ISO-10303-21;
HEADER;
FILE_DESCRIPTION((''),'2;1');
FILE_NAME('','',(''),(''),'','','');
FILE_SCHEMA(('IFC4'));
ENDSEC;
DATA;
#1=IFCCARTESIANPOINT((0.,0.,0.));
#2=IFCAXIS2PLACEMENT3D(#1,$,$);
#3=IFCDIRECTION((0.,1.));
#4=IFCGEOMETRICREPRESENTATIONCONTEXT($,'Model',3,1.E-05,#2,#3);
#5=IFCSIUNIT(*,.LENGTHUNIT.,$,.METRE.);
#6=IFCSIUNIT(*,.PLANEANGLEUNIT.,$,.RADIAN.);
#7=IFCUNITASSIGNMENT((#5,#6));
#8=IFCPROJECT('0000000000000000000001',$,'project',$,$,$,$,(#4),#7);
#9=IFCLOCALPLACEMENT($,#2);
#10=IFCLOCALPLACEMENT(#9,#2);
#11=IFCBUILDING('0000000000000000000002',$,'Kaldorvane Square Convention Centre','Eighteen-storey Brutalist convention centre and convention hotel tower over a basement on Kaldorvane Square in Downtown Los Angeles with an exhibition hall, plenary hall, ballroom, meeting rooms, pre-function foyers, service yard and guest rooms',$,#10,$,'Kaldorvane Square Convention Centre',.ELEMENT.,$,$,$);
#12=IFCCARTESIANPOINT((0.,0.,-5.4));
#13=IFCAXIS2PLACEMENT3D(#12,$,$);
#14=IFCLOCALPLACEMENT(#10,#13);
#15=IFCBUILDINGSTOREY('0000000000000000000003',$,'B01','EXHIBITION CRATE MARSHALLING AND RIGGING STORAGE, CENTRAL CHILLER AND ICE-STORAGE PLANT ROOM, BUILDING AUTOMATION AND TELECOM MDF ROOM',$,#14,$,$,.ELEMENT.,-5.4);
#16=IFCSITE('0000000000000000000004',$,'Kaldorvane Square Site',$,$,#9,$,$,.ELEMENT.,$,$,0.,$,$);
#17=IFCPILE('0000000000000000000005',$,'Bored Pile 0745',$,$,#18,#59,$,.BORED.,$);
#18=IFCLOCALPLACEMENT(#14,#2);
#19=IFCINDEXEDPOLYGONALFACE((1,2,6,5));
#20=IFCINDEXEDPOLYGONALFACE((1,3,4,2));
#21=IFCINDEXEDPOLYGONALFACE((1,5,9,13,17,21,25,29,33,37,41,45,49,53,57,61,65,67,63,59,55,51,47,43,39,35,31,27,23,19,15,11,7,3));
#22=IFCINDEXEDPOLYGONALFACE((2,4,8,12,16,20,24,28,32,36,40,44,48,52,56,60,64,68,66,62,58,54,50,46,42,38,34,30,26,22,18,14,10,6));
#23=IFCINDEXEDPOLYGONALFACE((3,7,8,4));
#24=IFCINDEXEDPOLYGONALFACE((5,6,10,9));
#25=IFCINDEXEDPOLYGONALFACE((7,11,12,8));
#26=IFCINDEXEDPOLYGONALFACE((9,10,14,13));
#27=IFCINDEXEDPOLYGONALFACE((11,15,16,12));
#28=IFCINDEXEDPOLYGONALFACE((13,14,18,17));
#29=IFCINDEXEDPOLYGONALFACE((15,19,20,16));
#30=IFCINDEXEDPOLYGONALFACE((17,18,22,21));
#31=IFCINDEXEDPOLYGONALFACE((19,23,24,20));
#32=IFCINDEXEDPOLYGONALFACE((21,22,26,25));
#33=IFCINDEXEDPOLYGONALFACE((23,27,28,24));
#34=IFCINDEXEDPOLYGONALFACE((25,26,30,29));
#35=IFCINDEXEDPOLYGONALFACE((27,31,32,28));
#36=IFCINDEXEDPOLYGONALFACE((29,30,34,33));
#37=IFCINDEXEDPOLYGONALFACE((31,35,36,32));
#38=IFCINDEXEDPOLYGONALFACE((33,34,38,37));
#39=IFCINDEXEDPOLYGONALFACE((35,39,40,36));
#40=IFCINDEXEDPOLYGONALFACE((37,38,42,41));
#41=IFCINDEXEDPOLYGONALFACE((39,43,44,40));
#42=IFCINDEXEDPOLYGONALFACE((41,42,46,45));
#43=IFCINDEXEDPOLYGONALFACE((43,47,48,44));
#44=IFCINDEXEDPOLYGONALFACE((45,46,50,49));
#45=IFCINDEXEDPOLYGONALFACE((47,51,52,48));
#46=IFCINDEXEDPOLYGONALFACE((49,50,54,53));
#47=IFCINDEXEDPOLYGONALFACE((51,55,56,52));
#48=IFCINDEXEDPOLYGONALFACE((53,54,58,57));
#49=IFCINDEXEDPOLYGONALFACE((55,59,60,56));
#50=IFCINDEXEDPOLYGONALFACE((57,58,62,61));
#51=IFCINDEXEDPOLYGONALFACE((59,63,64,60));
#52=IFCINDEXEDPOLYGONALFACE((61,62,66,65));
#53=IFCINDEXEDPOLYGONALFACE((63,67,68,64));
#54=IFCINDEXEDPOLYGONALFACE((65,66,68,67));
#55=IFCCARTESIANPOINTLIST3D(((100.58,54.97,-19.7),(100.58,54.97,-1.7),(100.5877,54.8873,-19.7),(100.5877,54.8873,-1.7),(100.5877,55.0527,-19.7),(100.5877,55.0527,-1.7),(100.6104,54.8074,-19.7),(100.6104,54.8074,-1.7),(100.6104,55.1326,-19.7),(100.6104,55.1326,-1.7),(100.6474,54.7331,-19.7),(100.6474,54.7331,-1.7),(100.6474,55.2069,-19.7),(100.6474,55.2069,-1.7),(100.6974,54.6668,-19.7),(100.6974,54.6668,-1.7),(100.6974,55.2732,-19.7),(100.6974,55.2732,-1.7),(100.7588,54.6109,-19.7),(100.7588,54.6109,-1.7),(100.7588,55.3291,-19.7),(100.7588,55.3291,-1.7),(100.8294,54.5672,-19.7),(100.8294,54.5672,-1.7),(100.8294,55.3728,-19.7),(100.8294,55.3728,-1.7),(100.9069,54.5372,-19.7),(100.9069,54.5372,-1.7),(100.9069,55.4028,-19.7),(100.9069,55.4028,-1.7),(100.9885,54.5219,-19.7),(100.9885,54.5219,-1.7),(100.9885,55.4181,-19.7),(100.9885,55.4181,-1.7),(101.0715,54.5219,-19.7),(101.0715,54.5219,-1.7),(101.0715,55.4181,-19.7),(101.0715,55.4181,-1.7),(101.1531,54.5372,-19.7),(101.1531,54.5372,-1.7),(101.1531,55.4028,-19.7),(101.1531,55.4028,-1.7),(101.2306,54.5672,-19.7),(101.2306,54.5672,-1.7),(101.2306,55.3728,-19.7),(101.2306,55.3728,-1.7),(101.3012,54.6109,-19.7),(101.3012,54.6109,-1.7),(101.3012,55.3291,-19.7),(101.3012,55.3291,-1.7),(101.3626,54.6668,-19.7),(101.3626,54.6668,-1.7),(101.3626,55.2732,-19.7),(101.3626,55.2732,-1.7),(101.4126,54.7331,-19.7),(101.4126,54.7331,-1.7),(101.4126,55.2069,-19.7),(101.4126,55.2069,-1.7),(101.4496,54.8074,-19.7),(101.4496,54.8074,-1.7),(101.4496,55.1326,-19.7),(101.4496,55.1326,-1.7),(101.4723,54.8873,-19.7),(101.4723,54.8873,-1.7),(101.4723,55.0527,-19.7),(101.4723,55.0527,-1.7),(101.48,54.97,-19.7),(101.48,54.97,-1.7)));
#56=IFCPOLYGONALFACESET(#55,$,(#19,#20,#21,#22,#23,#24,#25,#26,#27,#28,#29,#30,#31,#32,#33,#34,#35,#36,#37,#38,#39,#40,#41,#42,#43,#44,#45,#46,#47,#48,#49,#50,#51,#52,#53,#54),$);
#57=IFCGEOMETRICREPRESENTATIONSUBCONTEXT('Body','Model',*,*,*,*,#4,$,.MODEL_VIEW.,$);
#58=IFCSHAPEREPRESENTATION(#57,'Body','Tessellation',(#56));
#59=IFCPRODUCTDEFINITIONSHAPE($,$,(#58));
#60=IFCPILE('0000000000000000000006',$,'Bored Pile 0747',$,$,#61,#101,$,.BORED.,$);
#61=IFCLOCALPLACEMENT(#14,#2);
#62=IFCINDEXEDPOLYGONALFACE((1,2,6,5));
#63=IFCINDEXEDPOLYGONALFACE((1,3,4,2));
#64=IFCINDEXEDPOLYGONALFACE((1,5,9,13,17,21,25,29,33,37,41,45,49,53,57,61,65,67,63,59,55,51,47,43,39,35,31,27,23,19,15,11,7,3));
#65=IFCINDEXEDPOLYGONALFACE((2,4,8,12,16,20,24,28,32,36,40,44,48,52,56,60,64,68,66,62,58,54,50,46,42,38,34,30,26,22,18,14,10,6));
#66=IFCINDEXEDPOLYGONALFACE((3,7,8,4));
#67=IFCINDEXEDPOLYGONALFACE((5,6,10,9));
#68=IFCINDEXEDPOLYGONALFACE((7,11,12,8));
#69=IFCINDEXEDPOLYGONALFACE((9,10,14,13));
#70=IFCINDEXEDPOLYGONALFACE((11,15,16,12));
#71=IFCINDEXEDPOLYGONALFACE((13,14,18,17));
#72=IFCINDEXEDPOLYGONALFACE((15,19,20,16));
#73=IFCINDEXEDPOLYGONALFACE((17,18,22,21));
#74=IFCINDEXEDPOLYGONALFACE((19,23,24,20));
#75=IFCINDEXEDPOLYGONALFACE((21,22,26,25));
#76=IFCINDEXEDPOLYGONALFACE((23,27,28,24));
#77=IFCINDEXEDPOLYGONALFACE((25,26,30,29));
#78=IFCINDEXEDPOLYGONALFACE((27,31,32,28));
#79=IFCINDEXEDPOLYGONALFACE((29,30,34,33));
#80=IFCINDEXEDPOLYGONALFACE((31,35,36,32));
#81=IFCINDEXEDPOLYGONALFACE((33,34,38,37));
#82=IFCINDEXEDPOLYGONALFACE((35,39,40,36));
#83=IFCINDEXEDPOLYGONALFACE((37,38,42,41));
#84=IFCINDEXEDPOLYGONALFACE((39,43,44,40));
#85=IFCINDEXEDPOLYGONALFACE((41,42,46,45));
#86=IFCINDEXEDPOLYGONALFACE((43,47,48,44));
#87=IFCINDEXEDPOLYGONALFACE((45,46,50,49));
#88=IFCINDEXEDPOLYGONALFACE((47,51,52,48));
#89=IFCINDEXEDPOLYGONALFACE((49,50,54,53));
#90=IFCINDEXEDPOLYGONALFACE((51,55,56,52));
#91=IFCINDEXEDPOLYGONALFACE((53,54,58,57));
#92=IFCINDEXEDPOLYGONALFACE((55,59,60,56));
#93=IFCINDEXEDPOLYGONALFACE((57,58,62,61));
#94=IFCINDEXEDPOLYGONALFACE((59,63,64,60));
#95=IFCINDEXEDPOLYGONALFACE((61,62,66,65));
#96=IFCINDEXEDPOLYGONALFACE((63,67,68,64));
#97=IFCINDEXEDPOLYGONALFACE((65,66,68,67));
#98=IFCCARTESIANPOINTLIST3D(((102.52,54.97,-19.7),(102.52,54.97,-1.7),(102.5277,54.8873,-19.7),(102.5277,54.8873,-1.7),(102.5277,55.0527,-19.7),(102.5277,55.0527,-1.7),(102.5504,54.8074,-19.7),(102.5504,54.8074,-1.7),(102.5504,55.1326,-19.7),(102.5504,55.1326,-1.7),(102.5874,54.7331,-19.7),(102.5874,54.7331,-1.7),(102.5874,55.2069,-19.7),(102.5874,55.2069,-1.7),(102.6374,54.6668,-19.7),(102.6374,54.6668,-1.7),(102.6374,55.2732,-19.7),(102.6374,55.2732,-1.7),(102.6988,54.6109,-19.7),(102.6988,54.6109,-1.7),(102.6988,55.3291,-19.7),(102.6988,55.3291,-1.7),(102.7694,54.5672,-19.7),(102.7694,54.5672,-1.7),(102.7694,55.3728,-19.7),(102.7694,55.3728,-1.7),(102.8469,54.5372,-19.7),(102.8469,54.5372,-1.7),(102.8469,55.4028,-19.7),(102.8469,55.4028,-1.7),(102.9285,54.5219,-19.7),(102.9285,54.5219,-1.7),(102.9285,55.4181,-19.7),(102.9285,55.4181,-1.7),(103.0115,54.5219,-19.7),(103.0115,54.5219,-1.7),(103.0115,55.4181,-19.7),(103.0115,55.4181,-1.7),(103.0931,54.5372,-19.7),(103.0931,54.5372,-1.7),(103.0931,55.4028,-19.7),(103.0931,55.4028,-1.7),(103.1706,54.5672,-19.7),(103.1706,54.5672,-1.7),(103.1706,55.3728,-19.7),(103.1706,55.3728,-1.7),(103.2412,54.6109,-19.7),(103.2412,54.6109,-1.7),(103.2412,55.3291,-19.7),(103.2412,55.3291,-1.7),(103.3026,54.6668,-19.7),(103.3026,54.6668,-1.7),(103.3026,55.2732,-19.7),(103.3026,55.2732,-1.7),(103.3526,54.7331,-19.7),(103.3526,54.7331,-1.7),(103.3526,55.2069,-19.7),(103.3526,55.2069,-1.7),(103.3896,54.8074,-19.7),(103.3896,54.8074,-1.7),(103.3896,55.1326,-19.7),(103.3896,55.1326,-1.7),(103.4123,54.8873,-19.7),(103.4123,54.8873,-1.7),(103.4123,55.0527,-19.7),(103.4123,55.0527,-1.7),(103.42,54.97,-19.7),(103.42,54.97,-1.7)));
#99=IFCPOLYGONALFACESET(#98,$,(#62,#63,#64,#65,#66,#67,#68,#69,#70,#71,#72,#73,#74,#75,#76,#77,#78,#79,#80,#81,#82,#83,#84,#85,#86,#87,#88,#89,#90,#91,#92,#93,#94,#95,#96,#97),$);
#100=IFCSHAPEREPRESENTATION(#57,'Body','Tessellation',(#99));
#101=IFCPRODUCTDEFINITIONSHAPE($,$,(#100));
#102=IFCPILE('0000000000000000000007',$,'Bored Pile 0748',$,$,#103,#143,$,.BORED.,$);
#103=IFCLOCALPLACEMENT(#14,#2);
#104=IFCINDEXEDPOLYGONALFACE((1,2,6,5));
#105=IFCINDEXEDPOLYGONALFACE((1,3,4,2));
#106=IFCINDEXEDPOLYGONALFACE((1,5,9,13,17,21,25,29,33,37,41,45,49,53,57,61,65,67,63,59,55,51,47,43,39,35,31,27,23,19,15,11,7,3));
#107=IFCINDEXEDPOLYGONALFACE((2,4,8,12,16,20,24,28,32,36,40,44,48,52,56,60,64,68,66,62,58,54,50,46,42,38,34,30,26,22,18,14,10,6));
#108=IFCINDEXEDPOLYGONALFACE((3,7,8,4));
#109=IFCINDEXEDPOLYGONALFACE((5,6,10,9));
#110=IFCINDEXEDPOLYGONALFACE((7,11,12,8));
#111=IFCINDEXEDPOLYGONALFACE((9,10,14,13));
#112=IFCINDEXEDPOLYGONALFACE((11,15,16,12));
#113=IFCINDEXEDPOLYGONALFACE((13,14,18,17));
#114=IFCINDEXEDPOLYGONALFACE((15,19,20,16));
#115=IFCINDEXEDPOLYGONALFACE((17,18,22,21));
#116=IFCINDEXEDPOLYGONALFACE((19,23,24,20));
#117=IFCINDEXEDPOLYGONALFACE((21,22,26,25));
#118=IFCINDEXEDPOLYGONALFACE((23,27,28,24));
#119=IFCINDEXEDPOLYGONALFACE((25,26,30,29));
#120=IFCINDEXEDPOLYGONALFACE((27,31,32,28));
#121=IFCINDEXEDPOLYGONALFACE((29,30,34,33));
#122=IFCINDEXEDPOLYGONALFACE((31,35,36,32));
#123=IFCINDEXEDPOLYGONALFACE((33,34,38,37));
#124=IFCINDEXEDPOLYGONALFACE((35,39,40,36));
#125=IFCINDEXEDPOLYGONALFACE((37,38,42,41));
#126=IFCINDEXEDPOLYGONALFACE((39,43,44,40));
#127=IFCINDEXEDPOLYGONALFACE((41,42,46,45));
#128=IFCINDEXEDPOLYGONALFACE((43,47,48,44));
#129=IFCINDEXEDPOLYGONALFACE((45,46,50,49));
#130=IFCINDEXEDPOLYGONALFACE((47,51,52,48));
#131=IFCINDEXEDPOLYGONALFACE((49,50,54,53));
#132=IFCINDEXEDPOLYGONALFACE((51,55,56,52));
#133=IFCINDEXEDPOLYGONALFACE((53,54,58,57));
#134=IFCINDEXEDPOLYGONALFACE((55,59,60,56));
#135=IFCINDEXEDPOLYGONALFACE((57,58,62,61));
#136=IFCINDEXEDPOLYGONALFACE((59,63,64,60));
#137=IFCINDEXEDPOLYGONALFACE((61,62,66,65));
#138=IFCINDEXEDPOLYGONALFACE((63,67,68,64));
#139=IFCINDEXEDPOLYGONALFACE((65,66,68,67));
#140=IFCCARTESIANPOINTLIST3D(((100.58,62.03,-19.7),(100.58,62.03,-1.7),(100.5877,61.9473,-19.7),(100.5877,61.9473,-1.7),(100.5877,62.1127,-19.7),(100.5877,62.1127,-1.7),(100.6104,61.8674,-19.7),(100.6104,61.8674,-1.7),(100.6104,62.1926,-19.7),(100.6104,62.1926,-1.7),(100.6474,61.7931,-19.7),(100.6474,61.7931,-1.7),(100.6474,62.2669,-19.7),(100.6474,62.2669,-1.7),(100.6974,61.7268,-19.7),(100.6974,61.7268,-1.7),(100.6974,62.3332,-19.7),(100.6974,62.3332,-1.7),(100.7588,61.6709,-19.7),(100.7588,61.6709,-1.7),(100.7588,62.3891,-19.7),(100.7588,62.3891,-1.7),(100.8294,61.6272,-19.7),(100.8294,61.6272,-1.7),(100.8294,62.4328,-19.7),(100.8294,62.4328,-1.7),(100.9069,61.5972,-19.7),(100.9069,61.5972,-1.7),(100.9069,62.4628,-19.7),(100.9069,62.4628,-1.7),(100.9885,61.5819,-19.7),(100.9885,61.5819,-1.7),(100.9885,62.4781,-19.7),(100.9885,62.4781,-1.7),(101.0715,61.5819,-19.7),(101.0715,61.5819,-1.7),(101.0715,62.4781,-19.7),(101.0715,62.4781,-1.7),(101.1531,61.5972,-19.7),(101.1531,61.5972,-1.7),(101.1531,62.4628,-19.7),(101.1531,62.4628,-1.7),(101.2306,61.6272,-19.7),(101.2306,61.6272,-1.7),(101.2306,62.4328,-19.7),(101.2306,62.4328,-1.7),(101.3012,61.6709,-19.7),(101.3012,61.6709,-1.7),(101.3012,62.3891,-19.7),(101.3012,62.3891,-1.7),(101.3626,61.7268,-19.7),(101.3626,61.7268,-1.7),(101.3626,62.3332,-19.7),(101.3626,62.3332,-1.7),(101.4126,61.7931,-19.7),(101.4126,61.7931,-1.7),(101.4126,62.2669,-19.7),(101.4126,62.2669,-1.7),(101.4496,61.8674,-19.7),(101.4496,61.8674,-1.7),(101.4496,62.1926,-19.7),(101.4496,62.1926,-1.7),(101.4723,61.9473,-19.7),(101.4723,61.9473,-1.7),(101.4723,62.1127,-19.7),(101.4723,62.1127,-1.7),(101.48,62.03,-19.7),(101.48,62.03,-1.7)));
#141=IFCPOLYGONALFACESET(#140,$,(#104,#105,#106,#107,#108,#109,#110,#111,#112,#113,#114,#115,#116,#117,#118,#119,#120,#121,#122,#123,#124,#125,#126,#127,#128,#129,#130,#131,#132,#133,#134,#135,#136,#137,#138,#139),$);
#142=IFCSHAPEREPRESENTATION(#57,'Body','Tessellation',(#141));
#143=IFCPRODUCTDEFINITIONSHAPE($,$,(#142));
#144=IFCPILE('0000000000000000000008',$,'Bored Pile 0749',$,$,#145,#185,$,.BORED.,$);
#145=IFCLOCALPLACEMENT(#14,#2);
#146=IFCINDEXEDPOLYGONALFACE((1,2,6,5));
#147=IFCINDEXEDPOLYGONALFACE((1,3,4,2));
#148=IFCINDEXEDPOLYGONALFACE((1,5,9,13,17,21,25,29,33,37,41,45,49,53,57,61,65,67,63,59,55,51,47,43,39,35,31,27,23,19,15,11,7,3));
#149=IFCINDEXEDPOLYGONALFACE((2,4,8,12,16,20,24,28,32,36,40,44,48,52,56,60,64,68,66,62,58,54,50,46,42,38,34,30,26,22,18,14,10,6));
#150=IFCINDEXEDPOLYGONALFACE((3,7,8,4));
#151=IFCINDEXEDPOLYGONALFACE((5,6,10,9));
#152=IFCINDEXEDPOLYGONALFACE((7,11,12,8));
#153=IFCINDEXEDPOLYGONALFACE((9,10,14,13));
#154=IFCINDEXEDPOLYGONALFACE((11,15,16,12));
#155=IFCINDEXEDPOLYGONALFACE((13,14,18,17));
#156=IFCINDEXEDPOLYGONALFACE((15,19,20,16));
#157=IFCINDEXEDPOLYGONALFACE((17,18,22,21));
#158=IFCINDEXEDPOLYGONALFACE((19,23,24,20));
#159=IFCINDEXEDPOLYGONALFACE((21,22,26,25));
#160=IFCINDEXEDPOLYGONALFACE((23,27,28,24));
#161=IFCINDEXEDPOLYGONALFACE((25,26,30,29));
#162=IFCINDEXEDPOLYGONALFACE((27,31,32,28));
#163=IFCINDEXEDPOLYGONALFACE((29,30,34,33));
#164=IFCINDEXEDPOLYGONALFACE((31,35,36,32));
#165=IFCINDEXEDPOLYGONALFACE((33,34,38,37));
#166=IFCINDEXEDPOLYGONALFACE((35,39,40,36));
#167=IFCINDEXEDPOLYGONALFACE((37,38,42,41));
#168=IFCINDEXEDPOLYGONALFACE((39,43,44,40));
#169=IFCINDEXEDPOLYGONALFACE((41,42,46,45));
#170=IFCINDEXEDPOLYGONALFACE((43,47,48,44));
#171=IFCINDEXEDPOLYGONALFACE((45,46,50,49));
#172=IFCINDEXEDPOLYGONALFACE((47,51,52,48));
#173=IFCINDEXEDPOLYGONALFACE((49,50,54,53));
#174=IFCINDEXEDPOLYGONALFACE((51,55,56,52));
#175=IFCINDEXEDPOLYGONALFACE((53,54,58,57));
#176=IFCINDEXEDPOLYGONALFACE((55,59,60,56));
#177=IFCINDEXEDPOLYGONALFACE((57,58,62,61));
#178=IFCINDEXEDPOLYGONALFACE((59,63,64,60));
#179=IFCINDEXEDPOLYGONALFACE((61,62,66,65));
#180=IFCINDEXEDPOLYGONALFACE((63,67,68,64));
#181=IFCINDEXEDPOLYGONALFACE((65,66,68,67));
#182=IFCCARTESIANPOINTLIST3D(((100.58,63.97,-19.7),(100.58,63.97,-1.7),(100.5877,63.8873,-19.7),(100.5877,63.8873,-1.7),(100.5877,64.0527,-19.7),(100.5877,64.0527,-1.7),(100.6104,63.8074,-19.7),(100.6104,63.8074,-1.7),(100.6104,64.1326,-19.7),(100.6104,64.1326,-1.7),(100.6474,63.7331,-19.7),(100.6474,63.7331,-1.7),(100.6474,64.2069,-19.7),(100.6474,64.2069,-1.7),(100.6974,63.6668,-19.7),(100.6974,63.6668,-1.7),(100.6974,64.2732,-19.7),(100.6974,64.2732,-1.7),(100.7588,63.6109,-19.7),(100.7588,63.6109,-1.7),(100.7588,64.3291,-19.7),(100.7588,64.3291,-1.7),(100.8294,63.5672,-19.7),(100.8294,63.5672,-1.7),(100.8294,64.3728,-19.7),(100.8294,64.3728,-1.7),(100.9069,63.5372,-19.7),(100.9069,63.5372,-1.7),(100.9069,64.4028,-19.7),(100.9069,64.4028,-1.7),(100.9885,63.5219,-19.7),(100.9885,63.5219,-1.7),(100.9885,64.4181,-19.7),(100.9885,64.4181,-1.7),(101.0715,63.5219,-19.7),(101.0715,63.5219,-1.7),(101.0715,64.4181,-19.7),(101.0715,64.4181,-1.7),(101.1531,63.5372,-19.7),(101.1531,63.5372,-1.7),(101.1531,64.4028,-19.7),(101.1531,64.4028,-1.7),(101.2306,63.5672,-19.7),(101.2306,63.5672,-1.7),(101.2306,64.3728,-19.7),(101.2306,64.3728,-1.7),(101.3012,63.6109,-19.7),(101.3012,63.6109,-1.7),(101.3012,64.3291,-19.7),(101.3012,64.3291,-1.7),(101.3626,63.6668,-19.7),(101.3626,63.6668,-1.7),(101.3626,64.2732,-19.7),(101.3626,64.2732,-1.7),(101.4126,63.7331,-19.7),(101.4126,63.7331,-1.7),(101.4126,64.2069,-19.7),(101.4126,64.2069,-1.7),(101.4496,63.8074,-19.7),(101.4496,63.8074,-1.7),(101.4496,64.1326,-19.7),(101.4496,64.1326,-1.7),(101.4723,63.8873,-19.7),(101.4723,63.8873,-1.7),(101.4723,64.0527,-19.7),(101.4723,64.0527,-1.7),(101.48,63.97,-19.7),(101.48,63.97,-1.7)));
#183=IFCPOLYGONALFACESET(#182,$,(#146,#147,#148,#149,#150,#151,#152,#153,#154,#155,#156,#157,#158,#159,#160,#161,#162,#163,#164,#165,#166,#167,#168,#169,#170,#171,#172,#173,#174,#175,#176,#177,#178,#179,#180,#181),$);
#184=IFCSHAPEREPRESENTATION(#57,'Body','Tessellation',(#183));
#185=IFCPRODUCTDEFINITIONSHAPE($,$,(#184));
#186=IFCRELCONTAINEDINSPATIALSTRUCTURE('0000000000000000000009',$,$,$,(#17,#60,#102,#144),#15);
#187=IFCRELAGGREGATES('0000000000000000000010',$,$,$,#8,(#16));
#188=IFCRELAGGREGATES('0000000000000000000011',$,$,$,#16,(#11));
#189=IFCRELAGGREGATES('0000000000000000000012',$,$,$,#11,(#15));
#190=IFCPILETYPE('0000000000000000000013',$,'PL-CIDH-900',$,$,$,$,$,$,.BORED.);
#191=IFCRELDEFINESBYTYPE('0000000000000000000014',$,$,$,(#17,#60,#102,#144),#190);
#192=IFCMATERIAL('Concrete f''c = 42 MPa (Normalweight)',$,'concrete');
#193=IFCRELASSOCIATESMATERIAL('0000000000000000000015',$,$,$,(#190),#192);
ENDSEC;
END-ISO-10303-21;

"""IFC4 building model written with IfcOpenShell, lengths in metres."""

from ifc_helpers import new_model, si_unit, direction, frame, origin, origin_2d, place, context, subcontext, project, spatial, circle, extrude, material, material_profile, profile_set, type_object, element, save


model = new_model("IFC4")

# Units and contexts
model_context = context("Model", 3, precision=1e-05, world=origin(), true_north=direction((0.0, 1.0)))
body_context = subcontext(model_context, "Body", "Model", "MODEL_VIEW")
ifc_project = project(units=[si_unit("LENGTHUNIT", "METRE"), si_unit("PLANEANGLEUNIT", "RADIAN")], contexts=[model_context])

# Site, building, storey
site_placement = place(None, origin())
site = spatial("IfcSite", under=ifc_project, at=site_placement, Name="Kaldorvane Square Site", CompositionType="ELEMENT", RefElevation=0.0)
building_placement = place(site_placement, origin())
building = spatial("IfcBuilding", under=site, at=building_placement, Name="Kaldorvane Square Convention Centre", Description="Eighteen-storey Brutalist convention centre and convention hotel tower over a basement on Kaldorvane Square in Downtown Los Angeles with an exhibition hall, plenary hall, ballroom, meeting rooms, pre-function foyers, service yard and guest rooms", LongName="Kaldorvane Square Convention Centre", CompositionType="ELEMENT")
storey_placement = place(building_placement, frame((0.0, 0.0, -5.4)))
storey = spatial("IfcBuildingStorey", under=building, at=storey_placement, Name="B01", Description="EXHIBITION CRATE MARSHALLING AND RIGGING STORAGE, CENTRAL CHILLER AND ICE-STORAGE PLANT ROOM, BUILDING AUTOMATION AND TELECOM MDF ROOM", CompositionType="ELEMENT", Elevation=-5.4)

# Shared definitions
ifc_material_1 = material(Name="Concrete f'c = 42 MPa (Normalweight)", Category="concrete")

# Piles
ifc_material_profile_1 = material_profile(ifc_material_1, circle(Radius=0.45, at=origin_2d()), Name="PILE-D900")
ifc_profile_set_1 = profile_set([ifc_material_profile_1], Name="Concrete f'c = 42 MPa (Normalweight)")
pile_type_1 = type_object("IfcPileType", Name="PL-CIDH-900", PredefinedType="BORED", material=ifc_profile_set_1)
for number, where, z_axis, x_axis, name in (
    (1, (101.03, 54.97, -1.7), (0.0, 0.0, -1.0), (1.0, 0.0, 0.0), "Bored Pile 0745"),
    (2, (102.97, 54.97, -1.7), (0.0, 0.0, -1.0), (1.0, 0.0, 0.0), "Bored Pile 0747"),
    (3, (101.03, 62.03, -1.7), (0.0, 0.0, -1.0), (1.0, 0.0, 0.0), "Bored Pile 0748"),
    (4, (101.03, 63.97, -1.7), (0.0, 0.0, -1.0), (1.0, 0.0, 0.0), "Bored Pile 0749"),
):
    element("IfcPile", number, at=place(storey_placement, frame(where, z_axis=z_axis, x_axis=x_axis)), inside=storey, type_object=pile_type_1, Name=name, PredefinedType="BORED", context=body_context, shape_type="SweptSolid", body=[
        extrude(circle(Radius=0.45, at=origin_2d()), origin(), (0.0, 0.0, 1.0), 18.0),
    ])

save(model, "model.ifc")
